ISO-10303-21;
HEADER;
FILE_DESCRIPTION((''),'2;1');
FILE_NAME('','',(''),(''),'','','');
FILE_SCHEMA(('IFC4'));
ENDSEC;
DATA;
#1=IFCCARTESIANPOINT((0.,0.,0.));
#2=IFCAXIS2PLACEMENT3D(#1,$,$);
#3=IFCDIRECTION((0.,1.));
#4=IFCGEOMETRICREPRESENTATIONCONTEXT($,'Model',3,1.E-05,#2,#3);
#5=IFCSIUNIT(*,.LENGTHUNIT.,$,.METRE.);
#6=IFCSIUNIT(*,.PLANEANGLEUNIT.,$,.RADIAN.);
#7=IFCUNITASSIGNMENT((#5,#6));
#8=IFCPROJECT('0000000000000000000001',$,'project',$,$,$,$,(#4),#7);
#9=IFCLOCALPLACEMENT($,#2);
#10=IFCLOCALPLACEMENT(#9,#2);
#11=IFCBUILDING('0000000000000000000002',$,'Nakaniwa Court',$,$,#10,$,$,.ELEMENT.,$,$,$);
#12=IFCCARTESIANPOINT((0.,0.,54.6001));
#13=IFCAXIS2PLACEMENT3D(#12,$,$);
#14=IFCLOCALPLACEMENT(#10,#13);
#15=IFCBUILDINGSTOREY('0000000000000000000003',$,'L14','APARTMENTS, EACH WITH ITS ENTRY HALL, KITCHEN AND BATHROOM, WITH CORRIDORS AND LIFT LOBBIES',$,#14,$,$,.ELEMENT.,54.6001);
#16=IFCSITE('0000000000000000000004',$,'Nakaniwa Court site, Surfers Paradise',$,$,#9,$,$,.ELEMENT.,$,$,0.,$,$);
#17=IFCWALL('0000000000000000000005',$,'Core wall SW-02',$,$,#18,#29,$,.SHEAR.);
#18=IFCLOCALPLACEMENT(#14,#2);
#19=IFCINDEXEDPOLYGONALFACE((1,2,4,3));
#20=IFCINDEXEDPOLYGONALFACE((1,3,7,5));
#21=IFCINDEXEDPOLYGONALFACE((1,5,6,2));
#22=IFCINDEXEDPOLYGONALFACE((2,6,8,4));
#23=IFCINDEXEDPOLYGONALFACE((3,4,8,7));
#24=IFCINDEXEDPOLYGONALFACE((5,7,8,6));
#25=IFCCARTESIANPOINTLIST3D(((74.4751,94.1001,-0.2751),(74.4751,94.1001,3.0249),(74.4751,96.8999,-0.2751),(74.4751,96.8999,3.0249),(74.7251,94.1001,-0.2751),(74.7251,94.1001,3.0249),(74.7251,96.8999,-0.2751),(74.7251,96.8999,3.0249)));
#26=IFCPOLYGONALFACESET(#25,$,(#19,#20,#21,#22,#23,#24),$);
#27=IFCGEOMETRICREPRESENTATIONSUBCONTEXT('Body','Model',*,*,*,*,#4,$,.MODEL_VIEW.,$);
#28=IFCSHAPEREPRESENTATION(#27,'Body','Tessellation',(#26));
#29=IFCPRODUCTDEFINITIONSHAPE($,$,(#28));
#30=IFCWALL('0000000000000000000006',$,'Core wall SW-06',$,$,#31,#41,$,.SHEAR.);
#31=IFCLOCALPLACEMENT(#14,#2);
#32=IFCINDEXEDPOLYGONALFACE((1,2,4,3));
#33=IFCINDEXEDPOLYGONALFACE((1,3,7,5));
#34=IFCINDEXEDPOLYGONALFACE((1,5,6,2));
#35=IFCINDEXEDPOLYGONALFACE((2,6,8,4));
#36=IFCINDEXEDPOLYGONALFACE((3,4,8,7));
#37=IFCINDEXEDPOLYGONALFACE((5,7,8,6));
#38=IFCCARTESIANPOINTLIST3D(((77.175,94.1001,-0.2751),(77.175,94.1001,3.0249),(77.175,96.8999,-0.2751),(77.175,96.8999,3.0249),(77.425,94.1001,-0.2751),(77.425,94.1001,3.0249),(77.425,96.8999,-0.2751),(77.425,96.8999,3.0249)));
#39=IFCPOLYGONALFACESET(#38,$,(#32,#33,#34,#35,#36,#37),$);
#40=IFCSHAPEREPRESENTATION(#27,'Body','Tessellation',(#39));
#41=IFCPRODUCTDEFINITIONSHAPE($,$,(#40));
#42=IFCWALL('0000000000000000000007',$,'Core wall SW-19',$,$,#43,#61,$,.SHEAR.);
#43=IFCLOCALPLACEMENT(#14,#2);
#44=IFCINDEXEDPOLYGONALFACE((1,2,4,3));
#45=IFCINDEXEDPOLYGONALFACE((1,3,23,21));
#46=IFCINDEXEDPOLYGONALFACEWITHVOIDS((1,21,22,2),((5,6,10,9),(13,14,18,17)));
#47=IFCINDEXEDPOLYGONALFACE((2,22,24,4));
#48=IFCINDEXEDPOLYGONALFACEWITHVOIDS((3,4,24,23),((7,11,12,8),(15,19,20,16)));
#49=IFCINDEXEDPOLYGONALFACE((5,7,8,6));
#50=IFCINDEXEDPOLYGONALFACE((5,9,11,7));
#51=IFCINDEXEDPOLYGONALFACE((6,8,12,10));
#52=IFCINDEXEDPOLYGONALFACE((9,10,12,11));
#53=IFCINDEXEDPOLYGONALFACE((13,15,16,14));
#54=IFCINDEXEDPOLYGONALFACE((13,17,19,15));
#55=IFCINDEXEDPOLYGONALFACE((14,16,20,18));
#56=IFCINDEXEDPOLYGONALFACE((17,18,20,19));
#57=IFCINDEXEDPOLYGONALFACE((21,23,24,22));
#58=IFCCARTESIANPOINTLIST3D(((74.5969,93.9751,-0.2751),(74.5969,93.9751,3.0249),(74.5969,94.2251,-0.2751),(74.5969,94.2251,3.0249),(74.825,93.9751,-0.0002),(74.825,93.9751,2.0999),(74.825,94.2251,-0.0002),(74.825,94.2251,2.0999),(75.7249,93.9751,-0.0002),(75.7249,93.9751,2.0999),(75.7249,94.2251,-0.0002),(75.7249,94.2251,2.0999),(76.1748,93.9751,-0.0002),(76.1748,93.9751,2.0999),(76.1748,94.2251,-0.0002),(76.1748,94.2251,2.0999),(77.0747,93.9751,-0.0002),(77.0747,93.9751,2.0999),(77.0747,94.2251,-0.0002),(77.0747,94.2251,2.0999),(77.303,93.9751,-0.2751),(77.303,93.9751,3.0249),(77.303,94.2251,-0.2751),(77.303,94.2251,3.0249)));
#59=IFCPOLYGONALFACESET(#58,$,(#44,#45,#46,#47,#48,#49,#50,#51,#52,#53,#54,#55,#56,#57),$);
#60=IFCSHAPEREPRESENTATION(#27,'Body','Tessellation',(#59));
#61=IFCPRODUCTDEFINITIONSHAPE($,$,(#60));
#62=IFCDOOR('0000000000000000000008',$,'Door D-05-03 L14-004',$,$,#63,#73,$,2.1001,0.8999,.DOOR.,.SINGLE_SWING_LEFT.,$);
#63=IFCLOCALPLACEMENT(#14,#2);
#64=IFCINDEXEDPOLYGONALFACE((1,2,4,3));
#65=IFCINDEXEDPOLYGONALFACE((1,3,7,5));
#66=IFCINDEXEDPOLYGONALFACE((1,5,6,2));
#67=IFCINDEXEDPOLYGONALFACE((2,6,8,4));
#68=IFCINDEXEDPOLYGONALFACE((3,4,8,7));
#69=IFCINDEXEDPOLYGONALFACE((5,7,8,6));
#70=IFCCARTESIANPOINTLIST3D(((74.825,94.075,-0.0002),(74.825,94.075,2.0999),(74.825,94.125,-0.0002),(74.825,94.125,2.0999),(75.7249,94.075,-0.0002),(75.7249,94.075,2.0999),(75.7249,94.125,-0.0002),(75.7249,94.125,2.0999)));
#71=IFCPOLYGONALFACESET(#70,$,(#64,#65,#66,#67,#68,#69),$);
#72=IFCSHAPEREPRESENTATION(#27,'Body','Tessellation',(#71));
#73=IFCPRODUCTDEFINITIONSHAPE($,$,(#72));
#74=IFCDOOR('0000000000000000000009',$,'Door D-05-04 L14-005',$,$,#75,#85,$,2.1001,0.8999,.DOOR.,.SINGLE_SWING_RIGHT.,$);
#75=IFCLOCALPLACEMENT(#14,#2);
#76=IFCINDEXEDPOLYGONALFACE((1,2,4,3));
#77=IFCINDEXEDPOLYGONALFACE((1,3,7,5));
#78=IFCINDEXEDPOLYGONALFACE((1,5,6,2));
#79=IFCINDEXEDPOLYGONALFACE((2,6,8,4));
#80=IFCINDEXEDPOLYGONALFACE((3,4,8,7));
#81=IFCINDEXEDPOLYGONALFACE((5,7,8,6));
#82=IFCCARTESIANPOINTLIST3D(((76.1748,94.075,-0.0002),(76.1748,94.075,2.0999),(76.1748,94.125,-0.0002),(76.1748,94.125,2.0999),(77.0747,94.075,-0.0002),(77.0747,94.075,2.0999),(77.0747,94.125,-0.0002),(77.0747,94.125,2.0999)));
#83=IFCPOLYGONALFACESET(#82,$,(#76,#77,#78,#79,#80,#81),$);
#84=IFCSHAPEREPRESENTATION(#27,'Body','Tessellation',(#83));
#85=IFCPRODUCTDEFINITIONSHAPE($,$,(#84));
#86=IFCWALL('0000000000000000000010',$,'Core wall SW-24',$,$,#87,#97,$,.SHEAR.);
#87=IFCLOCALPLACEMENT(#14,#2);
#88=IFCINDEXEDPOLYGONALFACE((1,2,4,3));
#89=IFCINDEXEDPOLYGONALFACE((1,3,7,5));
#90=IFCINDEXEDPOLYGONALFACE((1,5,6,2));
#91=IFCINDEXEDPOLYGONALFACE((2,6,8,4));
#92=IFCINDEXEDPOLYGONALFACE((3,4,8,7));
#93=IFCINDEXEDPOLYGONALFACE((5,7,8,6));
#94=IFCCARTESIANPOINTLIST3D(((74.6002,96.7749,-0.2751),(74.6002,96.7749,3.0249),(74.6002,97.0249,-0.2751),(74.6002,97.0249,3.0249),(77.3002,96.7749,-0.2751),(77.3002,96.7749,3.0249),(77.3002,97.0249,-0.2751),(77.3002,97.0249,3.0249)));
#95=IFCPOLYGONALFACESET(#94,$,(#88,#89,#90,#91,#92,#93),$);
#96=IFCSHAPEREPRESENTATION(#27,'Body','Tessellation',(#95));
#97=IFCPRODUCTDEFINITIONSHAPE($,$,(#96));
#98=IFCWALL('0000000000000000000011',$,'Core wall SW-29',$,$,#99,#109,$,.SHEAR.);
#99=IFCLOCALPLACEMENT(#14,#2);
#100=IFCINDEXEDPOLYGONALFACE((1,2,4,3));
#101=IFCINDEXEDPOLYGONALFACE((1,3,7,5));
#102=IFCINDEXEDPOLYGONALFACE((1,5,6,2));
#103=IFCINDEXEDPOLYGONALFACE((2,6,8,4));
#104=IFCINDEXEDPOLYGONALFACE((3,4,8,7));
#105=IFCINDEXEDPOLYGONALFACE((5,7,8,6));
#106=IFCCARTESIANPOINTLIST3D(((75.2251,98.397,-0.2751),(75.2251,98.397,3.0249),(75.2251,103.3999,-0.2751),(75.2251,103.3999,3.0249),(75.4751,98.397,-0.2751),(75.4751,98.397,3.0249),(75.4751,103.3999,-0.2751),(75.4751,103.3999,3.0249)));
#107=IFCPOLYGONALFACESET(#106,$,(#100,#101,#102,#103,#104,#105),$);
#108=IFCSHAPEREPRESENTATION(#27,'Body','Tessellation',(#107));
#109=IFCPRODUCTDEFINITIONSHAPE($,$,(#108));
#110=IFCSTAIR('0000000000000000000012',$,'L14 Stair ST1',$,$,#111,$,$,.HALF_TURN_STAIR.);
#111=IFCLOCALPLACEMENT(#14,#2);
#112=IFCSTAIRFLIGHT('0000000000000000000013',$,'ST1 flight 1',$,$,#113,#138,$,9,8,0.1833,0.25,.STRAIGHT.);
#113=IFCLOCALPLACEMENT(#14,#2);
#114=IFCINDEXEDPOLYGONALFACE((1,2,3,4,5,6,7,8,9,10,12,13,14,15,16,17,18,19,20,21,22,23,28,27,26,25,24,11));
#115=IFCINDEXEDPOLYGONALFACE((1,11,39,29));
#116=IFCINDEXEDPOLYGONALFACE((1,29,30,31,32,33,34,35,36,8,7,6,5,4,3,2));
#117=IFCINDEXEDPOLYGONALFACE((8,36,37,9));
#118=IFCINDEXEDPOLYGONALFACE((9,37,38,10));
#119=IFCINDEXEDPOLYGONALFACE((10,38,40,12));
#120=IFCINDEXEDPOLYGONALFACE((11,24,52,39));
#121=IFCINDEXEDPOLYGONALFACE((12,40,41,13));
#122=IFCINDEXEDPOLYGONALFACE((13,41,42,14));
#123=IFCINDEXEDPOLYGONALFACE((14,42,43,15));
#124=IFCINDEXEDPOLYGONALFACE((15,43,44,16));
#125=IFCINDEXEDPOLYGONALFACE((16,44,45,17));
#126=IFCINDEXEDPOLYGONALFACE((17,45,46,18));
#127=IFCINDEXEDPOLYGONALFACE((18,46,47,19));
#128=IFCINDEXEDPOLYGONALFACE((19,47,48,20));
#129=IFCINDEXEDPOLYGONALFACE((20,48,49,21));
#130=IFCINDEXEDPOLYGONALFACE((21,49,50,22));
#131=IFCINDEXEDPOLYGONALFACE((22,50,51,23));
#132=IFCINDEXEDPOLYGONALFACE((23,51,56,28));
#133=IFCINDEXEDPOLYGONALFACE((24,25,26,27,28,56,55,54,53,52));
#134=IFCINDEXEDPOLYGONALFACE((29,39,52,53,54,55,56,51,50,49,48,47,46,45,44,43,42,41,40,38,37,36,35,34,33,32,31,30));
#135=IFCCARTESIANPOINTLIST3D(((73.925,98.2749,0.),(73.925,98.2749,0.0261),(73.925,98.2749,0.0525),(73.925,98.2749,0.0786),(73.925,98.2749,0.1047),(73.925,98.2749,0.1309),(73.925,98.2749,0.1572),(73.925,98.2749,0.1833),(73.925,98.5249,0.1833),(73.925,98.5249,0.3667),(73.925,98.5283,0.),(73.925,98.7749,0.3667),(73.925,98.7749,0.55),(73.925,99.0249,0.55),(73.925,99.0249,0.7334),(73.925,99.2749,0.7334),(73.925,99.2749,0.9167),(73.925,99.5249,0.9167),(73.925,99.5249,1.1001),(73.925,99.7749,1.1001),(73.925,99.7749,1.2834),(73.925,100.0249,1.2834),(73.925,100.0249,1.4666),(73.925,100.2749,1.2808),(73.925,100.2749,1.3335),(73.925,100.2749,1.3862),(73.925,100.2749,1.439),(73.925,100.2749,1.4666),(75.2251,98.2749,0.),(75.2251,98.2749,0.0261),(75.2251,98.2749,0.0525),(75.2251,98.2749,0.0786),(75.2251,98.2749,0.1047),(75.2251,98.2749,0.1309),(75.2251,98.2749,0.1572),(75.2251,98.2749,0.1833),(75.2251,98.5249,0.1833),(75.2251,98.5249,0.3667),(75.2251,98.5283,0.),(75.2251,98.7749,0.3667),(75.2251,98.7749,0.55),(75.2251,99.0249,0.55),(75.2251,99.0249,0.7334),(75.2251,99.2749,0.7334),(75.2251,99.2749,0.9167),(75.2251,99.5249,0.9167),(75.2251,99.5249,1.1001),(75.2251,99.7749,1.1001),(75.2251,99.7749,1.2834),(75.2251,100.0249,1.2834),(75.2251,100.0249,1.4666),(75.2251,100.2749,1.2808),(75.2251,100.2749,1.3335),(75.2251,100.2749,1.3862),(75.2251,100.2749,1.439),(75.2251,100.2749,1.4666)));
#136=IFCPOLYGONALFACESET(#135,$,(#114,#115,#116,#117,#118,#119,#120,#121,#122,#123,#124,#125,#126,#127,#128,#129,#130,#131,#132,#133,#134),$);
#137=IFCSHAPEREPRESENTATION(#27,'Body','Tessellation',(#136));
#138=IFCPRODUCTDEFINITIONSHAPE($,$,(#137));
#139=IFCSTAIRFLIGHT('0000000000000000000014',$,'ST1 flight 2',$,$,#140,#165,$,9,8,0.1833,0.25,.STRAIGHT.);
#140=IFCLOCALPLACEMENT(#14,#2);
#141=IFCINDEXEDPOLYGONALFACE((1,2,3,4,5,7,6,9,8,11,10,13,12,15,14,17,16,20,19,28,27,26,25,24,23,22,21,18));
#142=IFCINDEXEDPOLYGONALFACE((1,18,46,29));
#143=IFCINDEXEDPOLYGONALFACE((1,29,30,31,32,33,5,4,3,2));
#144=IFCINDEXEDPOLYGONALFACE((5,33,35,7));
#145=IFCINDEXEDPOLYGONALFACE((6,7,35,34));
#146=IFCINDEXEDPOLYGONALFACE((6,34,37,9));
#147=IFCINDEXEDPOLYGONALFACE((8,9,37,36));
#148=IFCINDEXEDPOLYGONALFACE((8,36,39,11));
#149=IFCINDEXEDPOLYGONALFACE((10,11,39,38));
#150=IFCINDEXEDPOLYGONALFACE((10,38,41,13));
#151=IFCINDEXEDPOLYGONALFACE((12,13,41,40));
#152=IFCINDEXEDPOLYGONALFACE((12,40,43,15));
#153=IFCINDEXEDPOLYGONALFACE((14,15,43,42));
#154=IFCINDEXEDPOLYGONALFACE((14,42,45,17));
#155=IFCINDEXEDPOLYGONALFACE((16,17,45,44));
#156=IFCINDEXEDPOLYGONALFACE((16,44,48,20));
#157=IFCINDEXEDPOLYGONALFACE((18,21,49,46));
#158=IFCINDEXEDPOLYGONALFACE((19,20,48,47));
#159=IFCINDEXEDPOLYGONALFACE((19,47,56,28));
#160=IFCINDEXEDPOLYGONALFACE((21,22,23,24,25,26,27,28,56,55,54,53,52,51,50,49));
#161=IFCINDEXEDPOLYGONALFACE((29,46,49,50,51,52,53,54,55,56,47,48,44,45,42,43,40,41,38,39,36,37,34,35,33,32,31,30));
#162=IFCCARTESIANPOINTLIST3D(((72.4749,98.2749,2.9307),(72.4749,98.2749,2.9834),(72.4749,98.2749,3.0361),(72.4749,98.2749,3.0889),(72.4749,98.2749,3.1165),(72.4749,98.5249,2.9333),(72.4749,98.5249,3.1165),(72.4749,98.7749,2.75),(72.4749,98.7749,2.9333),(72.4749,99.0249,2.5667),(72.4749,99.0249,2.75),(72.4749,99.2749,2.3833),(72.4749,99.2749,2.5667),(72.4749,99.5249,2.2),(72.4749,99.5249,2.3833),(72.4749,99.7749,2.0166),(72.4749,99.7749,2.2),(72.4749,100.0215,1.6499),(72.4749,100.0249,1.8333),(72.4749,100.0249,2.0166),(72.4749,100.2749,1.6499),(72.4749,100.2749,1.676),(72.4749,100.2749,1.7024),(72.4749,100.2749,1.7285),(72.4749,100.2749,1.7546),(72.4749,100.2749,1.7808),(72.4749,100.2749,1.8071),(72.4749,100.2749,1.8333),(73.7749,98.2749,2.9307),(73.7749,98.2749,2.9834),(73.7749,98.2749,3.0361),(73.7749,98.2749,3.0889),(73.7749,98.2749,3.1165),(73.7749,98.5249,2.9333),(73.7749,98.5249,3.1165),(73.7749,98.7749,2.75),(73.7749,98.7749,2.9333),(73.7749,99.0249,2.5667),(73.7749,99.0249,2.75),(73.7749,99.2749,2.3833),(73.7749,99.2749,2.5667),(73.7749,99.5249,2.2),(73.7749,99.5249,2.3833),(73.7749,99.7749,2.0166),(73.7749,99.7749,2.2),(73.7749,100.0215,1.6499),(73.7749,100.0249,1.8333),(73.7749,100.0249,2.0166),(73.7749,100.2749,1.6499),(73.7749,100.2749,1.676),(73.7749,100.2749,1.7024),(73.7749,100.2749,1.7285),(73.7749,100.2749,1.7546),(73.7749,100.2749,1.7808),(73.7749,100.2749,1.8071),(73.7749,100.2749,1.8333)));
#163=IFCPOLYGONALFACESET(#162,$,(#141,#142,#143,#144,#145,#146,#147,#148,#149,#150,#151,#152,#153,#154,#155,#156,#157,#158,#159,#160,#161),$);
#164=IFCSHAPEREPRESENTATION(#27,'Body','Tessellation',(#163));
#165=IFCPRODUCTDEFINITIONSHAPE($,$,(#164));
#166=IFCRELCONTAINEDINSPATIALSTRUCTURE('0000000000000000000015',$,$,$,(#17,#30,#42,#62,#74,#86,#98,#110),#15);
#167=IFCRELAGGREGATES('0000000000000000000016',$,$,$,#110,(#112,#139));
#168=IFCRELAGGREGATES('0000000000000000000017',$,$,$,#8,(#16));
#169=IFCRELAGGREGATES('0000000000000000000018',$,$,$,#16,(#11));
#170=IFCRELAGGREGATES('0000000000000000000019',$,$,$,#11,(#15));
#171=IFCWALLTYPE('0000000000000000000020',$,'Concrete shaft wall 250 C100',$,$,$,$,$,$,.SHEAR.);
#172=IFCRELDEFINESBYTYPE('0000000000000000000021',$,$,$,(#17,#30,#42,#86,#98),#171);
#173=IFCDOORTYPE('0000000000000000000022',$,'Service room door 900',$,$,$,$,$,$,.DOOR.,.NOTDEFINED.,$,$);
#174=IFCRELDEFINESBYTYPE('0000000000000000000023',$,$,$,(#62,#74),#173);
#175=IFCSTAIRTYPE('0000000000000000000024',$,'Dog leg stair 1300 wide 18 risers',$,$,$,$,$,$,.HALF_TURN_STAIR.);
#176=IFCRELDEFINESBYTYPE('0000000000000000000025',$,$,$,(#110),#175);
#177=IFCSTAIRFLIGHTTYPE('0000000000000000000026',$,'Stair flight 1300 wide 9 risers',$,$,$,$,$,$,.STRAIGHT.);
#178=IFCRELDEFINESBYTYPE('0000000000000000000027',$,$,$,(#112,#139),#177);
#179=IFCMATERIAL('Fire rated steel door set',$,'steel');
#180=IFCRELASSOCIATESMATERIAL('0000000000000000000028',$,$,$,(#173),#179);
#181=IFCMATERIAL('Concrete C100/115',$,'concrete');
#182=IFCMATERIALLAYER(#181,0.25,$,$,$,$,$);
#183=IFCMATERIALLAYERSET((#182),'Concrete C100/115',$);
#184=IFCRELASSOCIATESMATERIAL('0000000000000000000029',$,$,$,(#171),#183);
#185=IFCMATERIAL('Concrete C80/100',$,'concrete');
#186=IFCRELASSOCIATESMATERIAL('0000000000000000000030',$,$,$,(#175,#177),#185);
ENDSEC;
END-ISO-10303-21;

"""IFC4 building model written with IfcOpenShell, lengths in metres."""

from ifc_helpers import new_model, si_unit, direction, frame, frame_2d, origin, place, context, subcontext, project, spatial, polyline, rectangle, outline, extrude, material, layer, layer_set, type_object, element, fill, aggregate, save


model = new_model("IFC4")

# Units and contexts
model_context = context("Model", 3, precision=1e-05, world=origin(), true_north=direction((0.0, 1.0)))
body_context = subcontext(model_context, "Body", "Model", "MODEL_VIEW")
ifc_project = project(units=[si_unit("LENGTHUNIT", "METRE"), si_unit("PLANEANGLEUNIT", "RADIAN")], contexts=[model_context])

# Site, building, storey
site_placement = place(None, origin())
site = spatial("IfcSite", under=ifc_project, at=site_placement, Name="Nakaniwa Court site, Surfers Paradise", CompositionType="ELEMENT", RefElevation=0.0)
building_placement = place(site_placement, origin())
building = spatial("IfcBuilding", under=site, at=building_placement, Name="Nakaniwa Court", CompositionType="ELEMENT")
storey_placement = place(building_placement, frame((0.0, 0.0, 54.6001)))
storey = spatial("IfcBuildingStorey", under=building, at=storey_placement, Name="L14", Description="APARTMENTS, EACH WITH ITS ENTRY HALL, KITCHEN AND BATHROOM, WITH CORRIDORS AND LIFT LOBBIES", CompositionType="ELEMENT", Elevation=54.6001)

# Shared definitions
ifc_material_1 = material(Name="Concrete C80/100", Category="concrete")

# Shared definitions
ifc_material_2 = material(Name="Fire rated steel door set", Category="steel")
door_type_1 = type_object("IfcDoorType", Name="Service room door 900", OperationType="NOTDEFINED", PredefinedType="DOOR", material=ifc_material_2)

# Shared definitions
ifc_material_3 = material(Name="Concrete C100/115", Category="concrete")

# Walls
ifc_layer_1 = layer(ifc_material_3, 0.25)
ifc_layer_set_1 = layer_set([ifc_layer_1], Name="Concrete C100/115")
wall_type_1 = type_object("IfcWallType", Name="Concrete shaft wall 250 C100", PredefinedType="SHEAR", material=ifc_layer_set_1)
for number, where, z_axis, x_axis, name in (
    (1, (74.6001, 94.1001, -0.2751), (0.0, 0.0, 1.0), (0.0, 1.0, 0.0), "Core wall SW-02"),
    (2, (77.3, 94.1001, -0.2751), (0.0, 0.0, 1.0), (0.0, 1.0, 0.0), "Core wall SW-06"),
):
    element("IfcWall", number, at=place(storey_placement, frame(where, z_axis=z_axis, x_axis=x_axis)), inside=storey, type_object=wall_type_1, Name=name, PredefinedType="SHEAR", context=body_context, shape_type="SweptSolid", body=[
        extrude(rectangle(XDim=2.7998, YDim=0.25, at=frame_2d((1.3999, 0.0))), origin(), (0.0, 0.0, 1.0), 3.3),
    ])

# Wall, openings, doors
wall_1_placement = place(storey_placement, frame((74.5969, 94.1001, -0.2751), z_axis=(0.0, 0.0, 1.0), x_axis=(1.0, 0.0, 0.0)))
wall_1 = element("IfcWall", 3, at=wall_1_placement, inside=storey, type_object=wall_type_1, Name="Core wall SW-19", PredefinedType="SHEAR", context=body_context, shape_type="SweptSolid", body=[
    extrude(rectangle(XDim=2.7061, YDim=0.25, at=frame_2d((1.353, 0.0))), origin(), (0.0, 0.0, 1.0), 3.3),
])
opening_1_placement = place(wall_1_placement, frame((0.228, 0.0, 0.2749)))
opening_1 = element("IfcOpeningElement", 4, at=opening_1_placement, cuts=wall_1, PredefinedType="OPENING", context=body_context, shape_type="SweptSolid", body=[
    extrude(rectangle(XDim=0.8999, YDim=2.1001, at=frame_2d((0.45, 1.05))), frame((0.0, 0.135, 0.0), z_axis=(0.0, -1.0, 0.0), x_axis=(1.0, 0.0, 0.0)), (0.0, 0.0, 1.0), 0.27),
])
opening_2_placement = place(wall_1_placement, frame((1.5779, 0.0, 0.2749)))
opening_2 = element("IfcOpeningElement", 5, at=opening_2_placement, cuts=wall_1, PredefinedType="OPENING", context=body_context, shape_type="SweptSolid", body=[
    extrude(rectangle(XDim=0.8999, YDim=2.1001, at=frame_2d((0.45, 1.05))), frame((0.0, 0.135, 0.0), z_axis=(0.0, -1.0, 0.0), x_axis=(1.0, 0.0, 0.0)), (0.0, 0.0, 1.0), 0.27),
])
door_1_placement = place(opening_1_placement, origin())
door_1 = element("IfcDoor", 6, at=door_1_placement, inside=storey, type_object=door_type_1, Name="Door D-05-03 L14-004", OperationType="SINGLE_SWING_LEFT", OverallHeight=2.1001, OverallWidth=0.8999, PredefinedType="DOOR", context=body_context, shape_type="SweptSolid", body=[
    extrude(rectangle(XDim=0.8999, YDim=2.1001, at=frame_2d((0.45, 1.05))), frame((0.0, 0.0249, 0.0), z_axis=(0.0, -1.0, 0.0), x_axis=(1.0, 0.0, 0.0)), (0.0, 0.0, 1.0), 0.05),
])
fill(opening_1, door_1)
door_2_placement = place(opening_2_placement, origin())
door_2 = element("IfcDoor", 7, at=door_2_placement, inside=storey, type_object=door_type_1, Name="Door D-05-04 L14-005", OperationType="SINGLE_SWING_RIGHT", OverallHeight=2.1001, OverallWidth=0.8999, PredefinedType="DOOR", context=body_context, shape_type="SweptSolid", body=[
    extrude(rectangle(XDim=0.8999, YDim=2.1001, at=frame_2d((0.45, 1.05))), frame((0.0, 0.0249, 0.0), z_axis=(0.0, -1.0, 0.0), x_axis=(1.0, 0.0, 0.0)), (0.0, 0.0, 1.0), 0.05),
])
fill(opening_2, door_2)

# Walls
wall_2_placement = place(storey_placement, frame((74.6001, 96.8999, -0.2751), z_axis=(0.0, 0.0, 1.0), x_axis=(1.0, 0.0, 0.0)))
element("IfcWall", 8, at=wall_2_placement, inside=storey, type_object=wall_type_1, Name="Core wall SW-24", PredefinedType="SHEAR", context=body_context, shape_type="SweptSolid", body=[
    extrude(rectangle(XDim=2.7, YDim=0.25, at=frame_2d((1.3501, 0.0))), origin(), (0.0, 0.0, 1.0), 3.3),
])
wall_3_placement = place(storey_placement, frame((75.3501, 98.397, -0.2751), z_axis=(0.0, 0.0, 1.0), x_axis=(0.0, 1.0, 0.0)))
element("IfcWall", 9, at=wall_3_placement, inside=storey, type_object=wall_type_1, Name="Core wall SW-29", PredefinedType="SHEAR", context=body_context, shape_type="SweptSolid", body=[
    extrude(rectangle(XDim=5.0029, YDim=0.25, at=frame_2d((2.5015, 0.0))), origin(), (0.0, 0.0, 1.0), 3.3),
])

# Stair, stair flights
stair_type = type_object("IfcStairType", Name="Dog leg stair 1300 wide 18 risers", PredefinedType="HALF_TURN_STAIR", material=ifc_material_1)
stair_placement = place(storey_placement, origin())
stair = element("IfcStair", 10, at=stair_placement, inside=storey, type_object=stair_type, Name="L14 Stair ST1", PredefinedType="HALF_TURN_STAIR")
stair_flight_type = type_object("IfcStairFlightType", Name="Stair flight 1300 wide 9 risers", PredefinedType="STRAIGHT", material=ifc_material_1)
stair_flight_1_placement = place(storey_placement, frame((74.575, 98.2749, 0.0), z_axis=(0.0, 0.0, 1.0), x_axis=(0.0, 1.0, 0.0)))
stair_flight_1 = element("IfcStairFlight", 11, at=stair_flight_1_placement, type_object=stair_flight_type, Name="ST1 flight 1", NumberOfRisers=9, NumberOfTreads=8, PredefinedType="STRAIGHT", RiserHeight=0.1833, TreadLength=0.25, context=body_context, shape_type="SweptSolid", body=[
    extrude(outline(polyline([(0.0, 0.0), (0.0, 0.0261), (0.0, 0.0525), (0.0, 0.0786), (0.0, 0.1047), (0.0, 0.1309), (0.0, 0.1572), (0.0, 0.1833), (0.25, 0.1833), (0.25, 0.3667), (0.5, 0.3667), (0.5, 0.55), (0.75, 0.55), (0.75, 0.7334), (1.0, 0.7334), (1.0, 0.9167), (1.25, 0.9167), (1.25, 1.1001), (1.5, 1.1001), (1.5, 1.2834), (1.75, 1.2834), (1.75, 1.4666), (2.0, 1.4666), (2.0, 1.6499), (2.0, 1.5972), (2.0, 1.5444), (2.0, 1.4917), (2.0, 1.439), (2.0, 1.3862), (2.0, 1.3335), (2.0, 1.2808), (0.2534, 0.0), (0.0, 0.0)])), frame((0.0, 0.6499, 0.0), z_axis=(0.0, -1.0, 0.0), x_axis=(1.0, 0.0, 0.0)), (0.0, 0.0, 1.0), 1.3),
])
stair_flight_2_placement = place(storey_placement, frame((73.125, 100.2749, 1.6499), z_axis=(0.0, 0.0, 1.0), x_axis=(0.0, -1.0, 0.0)))
stair_flight_2 = element("IfcStairFlight", 12, at=stair_flight_2_placement, type_object=stair_flight_type, Name="ST1 flight 2", NumberOfRisers=9, NumberOfTreads=8, PredefinedType="STRAIGHT", RiserHeight=0.1833, TreadLength=0.25, context=body_context, shape_type="SweptSolid", body=[
    extrude(outline(polyline([(0.0, 0.0), (0.0, 0.0261), (0.0, 0.0525), (0.0, 0.0786), (0.0, 0.1047), (0.0, 0.1309), (0.0, 0.1572), (0.0, 0.1833), (0.25, 0.1833), (0.25, 0.3667), (0.5, 0.3667), (0.5, 0.55), (0.75, 0.55), (0.75, 0.7334), (1.0, 0.7334), (1.0, 0.9167), (1.25, 0.9167), (1.25, 1.1001), (1.5, 1.1001), (1.5, 1.2834), (1.75, 1.2834), (1.75, 1.4666), (2.0, 1.4666), (2.0, 1.6499), (2.0, 1.5972), (2.0, 1.5444), (2.0, 1.4917), (2.0, 1.439), (2.0, 1.3862), (2.0, 1.3335), (2.0, 1.2808), (0.2534, 0.0), (0.0, 0.0)])), frame((0.0, 0.6499, 0.0), z_axis=(0.0, -1.0, 0.0), x_axis=(1.0, 0.0, 0.0)), (0.0, 0.0, 1.0), 1.3),
])
aggregate(stair, [stair_flight_1, stair_flight_2])

save(model, "model.ifc")
